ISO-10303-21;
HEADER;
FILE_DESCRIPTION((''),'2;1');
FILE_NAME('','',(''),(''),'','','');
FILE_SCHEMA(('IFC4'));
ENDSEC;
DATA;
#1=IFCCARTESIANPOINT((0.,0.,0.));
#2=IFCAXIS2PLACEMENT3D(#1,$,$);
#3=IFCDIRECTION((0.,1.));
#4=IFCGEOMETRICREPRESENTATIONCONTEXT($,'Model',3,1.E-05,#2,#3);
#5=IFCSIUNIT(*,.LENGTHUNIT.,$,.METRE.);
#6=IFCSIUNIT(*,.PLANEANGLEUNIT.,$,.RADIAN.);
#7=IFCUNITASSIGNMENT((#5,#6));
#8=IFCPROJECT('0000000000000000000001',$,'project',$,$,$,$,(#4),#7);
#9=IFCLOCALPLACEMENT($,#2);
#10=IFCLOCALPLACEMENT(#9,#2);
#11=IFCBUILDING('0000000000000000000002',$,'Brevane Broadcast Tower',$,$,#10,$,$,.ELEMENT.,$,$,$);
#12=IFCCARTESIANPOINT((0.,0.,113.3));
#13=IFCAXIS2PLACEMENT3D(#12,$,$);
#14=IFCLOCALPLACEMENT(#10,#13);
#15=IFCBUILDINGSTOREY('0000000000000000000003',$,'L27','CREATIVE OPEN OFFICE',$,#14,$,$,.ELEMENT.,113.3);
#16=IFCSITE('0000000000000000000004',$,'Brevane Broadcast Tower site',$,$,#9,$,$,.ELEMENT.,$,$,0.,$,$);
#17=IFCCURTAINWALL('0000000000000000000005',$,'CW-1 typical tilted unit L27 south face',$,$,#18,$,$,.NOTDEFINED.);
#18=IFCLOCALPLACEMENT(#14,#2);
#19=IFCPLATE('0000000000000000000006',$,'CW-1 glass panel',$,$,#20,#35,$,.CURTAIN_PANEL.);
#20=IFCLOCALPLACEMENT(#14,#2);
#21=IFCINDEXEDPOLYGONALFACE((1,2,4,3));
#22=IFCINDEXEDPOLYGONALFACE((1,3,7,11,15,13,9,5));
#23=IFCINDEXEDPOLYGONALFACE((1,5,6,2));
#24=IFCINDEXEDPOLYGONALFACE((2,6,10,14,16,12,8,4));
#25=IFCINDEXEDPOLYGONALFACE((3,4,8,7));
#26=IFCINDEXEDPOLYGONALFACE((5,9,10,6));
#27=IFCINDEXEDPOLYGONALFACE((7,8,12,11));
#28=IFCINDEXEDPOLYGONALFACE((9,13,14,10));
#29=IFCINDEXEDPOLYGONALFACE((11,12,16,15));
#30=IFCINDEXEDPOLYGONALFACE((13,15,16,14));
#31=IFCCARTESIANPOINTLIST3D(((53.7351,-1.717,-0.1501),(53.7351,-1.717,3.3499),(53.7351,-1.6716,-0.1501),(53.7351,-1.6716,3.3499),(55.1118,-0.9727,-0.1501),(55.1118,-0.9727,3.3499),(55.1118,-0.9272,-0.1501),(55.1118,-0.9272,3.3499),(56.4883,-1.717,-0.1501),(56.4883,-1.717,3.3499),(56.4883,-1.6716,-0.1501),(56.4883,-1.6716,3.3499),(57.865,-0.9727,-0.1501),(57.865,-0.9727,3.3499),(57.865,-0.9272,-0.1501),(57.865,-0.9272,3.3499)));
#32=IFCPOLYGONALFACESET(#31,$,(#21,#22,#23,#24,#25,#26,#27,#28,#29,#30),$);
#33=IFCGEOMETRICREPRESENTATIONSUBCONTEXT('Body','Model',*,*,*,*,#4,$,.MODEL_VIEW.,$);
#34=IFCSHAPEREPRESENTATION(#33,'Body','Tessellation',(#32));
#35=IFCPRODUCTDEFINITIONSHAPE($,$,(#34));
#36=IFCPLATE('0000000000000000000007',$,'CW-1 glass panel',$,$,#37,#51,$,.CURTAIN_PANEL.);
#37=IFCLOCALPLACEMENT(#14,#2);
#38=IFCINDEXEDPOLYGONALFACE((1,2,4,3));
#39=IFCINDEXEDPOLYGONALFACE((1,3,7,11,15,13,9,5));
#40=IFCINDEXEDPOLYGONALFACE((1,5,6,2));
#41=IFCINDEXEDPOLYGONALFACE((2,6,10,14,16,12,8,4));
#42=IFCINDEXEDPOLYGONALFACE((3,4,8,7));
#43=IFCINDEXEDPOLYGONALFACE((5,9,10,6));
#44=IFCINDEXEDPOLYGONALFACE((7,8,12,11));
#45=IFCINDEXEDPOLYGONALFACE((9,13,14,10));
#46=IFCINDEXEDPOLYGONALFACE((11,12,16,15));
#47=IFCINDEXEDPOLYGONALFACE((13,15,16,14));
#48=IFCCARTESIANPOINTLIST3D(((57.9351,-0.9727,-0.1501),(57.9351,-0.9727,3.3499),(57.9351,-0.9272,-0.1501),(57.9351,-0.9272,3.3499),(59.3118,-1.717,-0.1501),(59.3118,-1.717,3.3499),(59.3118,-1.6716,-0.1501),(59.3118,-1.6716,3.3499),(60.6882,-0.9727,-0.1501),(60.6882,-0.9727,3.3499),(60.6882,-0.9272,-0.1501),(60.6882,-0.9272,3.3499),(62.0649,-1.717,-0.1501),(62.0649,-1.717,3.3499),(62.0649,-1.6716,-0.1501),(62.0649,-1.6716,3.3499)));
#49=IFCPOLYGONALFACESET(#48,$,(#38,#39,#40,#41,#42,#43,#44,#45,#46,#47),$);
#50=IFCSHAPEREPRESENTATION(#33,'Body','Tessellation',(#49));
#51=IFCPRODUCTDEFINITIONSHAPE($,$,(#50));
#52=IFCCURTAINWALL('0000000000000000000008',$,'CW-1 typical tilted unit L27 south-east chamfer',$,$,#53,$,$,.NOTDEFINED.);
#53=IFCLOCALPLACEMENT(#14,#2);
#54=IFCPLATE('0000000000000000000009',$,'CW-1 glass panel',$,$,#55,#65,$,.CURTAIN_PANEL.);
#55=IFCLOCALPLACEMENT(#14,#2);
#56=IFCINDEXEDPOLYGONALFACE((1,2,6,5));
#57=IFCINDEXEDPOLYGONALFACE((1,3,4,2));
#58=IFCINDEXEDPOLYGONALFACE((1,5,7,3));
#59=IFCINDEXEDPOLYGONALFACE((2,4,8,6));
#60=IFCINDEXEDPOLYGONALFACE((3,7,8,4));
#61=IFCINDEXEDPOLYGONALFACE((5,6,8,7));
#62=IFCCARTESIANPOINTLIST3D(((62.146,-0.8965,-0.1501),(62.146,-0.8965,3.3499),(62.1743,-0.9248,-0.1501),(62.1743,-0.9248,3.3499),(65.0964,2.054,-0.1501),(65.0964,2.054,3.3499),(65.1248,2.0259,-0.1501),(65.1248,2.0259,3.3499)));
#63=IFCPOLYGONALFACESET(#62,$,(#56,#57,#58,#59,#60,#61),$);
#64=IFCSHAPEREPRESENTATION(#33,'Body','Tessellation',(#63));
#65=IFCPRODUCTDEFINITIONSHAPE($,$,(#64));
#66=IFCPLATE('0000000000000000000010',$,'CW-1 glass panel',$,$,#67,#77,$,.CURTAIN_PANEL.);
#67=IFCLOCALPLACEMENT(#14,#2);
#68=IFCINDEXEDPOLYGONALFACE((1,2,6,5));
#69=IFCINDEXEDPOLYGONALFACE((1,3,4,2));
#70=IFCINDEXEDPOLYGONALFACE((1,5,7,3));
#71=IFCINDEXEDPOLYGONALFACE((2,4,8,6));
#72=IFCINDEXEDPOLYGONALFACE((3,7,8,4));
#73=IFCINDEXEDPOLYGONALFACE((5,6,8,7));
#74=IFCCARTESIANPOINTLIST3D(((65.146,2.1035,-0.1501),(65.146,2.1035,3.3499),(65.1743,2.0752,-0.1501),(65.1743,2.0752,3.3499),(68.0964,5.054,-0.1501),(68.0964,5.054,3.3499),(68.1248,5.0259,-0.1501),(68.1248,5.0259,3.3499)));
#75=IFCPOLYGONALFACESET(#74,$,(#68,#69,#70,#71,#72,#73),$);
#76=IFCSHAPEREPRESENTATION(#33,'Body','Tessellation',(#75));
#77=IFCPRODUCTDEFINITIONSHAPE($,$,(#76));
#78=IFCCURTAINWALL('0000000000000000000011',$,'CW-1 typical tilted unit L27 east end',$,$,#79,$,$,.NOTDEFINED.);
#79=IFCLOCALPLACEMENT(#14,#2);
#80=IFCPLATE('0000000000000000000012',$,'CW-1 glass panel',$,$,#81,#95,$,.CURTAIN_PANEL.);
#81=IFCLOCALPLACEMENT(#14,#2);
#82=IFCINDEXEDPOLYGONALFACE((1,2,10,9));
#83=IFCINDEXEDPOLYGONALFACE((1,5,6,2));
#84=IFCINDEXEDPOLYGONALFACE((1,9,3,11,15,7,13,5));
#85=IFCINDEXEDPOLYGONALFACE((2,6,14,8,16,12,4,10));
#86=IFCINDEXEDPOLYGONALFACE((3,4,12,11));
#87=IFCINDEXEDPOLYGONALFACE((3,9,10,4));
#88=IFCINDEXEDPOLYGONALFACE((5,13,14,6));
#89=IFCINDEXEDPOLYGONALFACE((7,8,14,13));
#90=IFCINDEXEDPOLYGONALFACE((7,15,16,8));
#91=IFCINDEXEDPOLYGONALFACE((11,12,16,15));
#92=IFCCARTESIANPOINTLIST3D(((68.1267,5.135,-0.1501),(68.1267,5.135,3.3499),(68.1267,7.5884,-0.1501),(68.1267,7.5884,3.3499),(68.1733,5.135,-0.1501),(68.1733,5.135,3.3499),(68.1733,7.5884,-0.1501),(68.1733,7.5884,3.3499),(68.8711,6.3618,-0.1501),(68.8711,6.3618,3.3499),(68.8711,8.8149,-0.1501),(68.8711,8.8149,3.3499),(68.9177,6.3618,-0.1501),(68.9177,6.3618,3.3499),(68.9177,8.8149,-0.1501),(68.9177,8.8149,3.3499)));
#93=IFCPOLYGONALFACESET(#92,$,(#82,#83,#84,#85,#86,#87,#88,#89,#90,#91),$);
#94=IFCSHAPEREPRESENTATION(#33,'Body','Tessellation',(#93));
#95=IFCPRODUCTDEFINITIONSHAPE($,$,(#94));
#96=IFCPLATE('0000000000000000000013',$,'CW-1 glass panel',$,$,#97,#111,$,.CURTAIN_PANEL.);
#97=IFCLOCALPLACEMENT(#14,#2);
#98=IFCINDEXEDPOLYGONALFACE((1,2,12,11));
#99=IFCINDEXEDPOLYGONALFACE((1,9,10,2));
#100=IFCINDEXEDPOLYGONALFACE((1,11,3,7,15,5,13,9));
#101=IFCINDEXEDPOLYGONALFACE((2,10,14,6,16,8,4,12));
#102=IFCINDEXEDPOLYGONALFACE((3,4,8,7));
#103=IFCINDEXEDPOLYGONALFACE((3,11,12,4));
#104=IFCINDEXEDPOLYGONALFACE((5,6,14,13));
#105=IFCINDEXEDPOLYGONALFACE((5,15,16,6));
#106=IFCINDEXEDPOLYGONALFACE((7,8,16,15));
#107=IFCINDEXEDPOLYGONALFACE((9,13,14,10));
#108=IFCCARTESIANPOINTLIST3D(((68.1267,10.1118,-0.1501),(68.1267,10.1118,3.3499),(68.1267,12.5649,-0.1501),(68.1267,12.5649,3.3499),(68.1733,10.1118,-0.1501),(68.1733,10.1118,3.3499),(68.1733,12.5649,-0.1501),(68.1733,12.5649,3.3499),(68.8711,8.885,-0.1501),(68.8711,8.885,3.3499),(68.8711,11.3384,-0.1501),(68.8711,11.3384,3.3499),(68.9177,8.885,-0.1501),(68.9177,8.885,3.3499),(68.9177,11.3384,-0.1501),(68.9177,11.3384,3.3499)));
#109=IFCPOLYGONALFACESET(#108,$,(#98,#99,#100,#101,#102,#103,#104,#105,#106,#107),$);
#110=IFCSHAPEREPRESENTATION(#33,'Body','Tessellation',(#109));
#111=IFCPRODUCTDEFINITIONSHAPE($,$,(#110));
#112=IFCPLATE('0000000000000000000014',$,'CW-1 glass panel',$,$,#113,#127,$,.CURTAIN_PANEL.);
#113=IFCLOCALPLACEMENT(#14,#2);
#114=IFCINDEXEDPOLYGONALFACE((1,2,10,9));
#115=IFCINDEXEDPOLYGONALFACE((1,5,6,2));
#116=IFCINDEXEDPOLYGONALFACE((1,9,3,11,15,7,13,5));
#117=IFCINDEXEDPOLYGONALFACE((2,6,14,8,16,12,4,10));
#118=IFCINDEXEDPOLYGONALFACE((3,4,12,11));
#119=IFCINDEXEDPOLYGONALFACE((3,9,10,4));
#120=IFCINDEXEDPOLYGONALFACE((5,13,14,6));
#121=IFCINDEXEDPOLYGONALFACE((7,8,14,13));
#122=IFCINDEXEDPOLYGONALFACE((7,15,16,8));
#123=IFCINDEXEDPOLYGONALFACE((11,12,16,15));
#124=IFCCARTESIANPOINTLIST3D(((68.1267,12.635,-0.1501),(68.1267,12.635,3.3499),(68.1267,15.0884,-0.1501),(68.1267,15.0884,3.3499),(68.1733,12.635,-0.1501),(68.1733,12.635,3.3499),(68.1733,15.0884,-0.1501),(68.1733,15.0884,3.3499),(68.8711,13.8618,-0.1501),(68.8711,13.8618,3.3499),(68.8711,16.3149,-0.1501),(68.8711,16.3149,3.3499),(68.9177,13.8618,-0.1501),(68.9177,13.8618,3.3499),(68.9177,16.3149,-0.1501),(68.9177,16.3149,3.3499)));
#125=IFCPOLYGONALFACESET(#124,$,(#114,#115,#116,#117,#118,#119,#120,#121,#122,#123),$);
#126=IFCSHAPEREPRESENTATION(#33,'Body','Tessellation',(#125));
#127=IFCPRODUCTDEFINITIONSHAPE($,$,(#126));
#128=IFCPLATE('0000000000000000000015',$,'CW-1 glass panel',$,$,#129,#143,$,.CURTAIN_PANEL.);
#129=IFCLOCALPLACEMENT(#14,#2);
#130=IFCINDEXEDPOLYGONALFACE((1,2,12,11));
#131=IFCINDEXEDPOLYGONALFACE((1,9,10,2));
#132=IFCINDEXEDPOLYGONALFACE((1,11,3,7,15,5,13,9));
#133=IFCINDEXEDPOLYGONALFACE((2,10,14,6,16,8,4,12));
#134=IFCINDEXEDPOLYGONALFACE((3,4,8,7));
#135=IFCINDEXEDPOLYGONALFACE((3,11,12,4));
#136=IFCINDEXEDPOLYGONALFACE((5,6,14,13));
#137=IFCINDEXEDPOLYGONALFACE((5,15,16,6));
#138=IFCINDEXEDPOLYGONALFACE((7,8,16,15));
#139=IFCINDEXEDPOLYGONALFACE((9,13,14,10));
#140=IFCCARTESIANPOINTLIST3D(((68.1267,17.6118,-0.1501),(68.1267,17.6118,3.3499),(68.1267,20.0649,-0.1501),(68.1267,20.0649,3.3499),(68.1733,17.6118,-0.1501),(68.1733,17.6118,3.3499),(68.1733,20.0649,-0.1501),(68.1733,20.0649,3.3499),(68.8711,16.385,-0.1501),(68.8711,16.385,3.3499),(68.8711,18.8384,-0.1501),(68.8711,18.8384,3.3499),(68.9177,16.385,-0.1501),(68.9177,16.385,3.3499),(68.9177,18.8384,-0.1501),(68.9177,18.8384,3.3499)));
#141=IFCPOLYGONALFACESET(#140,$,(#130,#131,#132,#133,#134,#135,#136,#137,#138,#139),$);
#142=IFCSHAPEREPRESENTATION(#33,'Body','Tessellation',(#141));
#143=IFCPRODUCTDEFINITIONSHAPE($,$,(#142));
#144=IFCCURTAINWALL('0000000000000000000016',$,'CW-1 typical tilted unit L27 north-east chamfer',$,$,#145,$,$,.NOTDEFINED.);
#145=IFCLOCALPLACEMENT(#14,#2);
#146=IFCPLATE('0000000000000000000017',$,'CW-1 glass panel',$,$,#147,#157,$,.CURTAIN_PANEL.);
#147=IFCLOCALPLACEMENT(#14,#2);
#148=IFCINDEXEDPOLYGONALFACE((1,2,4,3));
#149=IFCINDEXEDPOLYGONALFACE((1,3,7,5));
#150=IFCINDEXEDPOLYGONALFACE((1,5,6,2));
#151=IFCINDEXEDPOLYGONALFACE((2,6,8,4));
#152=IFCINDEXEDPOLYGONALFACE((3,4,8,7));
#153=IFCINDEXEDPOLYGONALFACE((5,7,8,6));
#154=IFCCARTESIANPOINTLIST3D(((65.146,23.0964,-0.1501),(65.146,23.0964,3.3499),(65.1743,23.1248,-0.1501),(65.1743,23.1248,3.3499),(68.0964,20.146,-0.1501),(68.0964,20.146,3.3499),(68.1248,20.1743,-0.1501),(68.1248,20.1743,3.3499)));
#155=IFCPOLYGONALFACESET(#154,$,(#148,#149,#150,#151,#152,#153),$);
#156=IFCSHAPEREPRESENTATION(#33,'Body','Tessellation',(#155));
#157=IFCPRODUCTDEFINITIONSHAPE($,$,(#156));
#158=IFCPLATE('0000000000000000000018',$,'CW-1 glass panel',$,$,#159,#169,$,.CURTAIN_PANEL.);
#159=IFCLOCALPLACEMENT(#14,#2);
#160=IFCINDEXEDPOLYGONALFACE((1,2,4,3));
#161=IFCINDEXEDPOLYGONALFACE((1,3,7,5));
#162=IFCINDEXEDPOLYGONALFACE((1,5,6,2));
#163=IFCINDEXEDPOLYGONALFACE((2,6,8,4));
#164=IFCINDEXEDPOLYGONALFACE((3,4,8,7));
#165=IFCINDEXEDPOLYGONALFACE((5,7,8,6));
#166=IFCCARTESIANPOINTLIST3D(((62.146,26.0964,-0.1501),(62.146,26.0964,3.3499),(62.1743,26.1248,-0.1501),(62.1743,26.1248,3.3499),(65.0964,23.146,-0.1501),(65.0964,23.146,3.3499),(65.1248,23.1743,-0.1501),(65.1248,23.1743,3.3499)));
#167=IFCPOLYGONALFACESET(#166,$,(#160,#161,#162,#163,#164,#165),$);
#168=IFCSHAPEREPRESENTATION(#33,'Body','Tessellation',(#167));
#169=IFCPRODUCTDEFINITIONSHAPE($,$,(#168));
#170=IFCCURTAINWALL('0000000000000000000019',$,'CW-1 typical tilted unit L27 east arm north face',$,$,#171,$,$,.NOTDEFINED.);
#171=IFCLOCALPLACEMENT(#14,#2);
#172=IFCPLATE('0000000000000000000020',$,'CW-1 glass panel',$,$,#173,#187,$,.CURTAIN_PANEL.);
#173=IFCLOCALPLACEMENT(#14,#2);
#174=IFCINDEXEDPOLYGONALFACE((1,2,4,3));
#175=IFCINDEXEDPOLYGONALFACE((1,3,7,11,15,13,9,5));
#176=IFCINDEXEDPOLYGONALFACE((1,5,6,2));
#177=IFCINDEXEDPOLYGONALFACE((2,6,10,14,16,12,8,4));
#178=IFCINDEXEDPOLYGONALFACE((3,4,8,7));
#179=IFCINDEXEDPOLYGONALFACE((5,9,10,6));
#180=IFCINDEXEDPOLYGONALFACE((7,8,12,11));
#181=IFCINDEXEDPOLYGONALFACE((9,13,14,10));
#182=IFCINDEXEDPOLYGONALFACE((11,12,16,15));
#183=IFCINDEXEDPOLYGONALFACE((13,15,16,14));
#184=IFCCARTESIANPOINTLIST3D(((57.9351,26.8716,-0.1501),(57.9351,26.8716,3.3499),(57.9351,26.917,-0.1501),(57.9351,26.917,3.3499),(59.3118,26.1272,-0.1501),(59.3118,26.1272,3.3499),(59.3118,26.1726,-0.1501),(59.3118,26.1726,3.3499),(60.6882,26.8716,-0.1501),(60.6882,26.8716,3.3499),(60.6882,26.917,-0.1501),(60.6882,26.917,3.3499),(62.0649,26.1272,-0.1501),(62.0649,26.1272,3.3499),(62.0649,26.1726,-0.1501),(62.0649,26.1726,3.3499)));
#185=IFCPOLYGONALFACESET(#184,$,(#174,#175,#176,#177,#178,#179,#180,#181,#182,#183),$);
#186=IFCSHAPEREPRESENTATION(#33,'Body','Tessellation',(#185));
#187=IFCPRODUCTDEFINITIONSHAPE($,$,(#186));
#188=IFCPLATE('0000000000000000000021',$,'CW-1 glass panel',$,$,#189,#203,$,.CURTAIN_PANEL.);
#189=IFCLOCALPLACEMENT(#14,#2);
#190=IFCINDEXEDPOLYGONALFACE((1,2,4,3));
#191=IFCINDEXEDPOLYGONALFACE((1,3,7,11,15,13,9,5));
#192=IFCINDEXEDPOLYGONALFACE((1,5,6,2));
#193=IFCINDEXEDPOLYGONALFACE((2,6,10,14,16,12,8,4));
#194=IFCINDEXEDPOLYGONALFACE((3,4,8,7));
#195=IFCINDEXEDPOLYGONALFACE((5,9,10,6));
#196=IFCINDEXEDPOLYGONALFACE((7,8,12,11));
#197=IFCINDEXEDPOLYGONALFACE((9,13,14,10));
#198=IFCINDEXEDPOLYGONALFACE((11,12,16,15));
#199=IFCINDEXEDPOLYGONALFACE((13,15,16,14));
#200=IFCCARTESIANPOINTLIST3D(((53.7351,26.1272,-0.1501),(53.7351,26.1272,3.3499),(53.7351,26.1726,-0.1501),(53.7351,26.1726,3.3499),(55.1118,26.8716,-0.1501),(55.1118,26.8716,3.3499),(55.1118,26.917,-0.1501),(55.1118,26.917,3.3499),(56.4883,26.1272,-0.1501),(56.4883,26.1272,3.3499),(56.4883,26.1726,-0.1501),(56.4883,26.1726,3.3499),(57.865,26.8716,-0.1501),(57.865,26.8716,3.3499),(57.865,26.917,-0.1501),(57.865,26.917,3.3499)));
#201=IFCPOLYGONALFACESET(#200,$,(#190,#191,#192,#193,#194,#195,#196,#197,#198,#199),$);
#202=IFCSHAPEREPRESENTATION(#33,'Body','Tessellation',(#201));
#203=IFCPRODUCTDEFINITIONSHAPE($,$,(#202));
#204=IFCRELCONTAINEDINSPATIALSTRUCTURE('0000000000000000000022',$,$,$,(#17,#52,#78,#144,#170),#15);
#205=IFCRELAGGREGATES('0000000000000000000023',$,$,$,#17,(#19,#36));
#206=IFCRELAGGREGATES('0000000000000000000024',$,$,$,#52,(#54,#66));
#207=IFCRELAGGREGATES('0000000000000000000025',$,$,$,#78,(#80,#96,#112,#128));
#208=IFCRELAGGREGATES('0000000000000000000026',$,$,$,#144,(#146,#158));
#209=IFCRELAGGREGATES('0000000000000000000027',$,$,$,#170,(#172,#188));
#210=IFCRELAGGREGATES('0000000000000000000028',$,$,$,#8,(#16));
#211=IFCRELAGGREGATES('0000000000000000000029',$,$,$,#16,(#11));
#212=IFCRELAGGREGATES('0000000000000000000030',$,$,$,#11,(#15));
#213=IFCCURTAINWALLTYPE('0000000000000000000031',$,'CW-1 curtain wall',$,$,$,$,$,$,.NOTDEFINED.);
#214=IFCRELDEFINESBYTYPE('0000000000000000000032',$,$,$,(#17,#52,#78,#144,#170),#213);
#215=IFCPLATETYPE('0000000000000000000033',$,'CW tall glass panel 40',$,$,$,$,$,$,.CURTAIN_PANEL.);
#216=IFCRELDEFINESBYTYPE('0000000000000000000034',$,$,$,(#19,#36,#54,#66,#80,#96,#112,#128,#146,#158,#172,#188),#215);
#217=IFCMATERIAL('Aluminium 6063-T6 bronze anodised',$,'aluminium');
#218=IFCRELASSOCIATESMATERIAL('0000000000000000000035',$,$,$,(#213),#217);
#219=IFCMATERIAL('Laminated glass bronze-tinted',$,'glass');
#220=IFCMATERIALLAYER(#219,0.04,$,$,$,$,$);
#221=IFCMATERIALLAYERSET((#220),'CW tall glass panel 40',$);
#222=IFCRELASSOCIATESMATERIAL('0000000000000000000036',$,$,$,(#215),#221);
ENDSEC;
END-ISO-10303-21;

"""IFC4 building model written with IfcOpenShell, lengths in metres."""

from ifc_helpers import new_model, si_unit, direction, frame, origin, place, context, subcontext, project, spatial, polyline, outline, extrude, material, layer, layer_set, type_object, element, aggregate, save


model = new_model("IFC4")

# Units and contexts
model_context = context("Model", 3, precision=1e-05, world=origin(), true_north=direction((0.0, 1.0)))
body_context = subcontext(model_context, "Body", "Model", "MODEL_VIEW")
ifc_project = project(units=[si_unit("LENGTHUNIT", "METRE"), si_unit("PLANEANGLEUNIT", "RADIAN")], contexts=[model_context])

# Site, building, storey
site_placement = place(None, origin())
site = spatial("IfcSite", under=ifc_project, at=site_placement, Name="Brevane Broadcast Tower site", CompositionType="ELEMENT", RefElevation=0.0)
building_placement = place(site_placement, origin())
building = spatial("IfcBuilding", under=site, at=building_placement, Name="Brevane Broadcast Tower", CompositionType="ELEMENT")
storey_placement = place(building_placement, frame((0.0, 0.0, 113.3)))
storey = spatial("IfcBuildingStorey", under=building, at=storey_placement, Name="L27", Description="CREATIVE OPEN OFFICE", CompositionType="ELEMENT", Elevation=113.3)

# Curtain walls, plates
ifc_material_1 = material(Name="Aluminium 6063-T6 bronze anodised", Category="aluminium")
curtain_wall_type = type_object("IfcCurtainWallType", Name="CW-1 curtain wall", PredefinedType="NOTDEFINED", material=ifc_material_1)
curtain_wall_1_placement = place(storey_placement, origin())
curtain_wall_1 = element("IfcCurtainWall", 1, at=curtain_wall_1_placement, inside=storey, type_object=curtain_wall_type, Name="CW-1 typical tilted unit L27 south face", PredefinedType="NOTDEFINED")
ifc_material_2 = material(Name="Laminated glass bronze-tinted", Category="glass")
ifc_layer = layer(ifc_material_2, 0.04)
ifc_layer_set = layer_set([ifc_layer], Name="CW tall glass panel 40")
plate_type = type_object("IfcPlateType", Name="CW tall glass panel 40", PredefinedType="CURTAIN_PANEL", material=ifc_layer_set)
plate_1_placement = place(storey_placement, frame((0.0, 0.0, -0.1501)))
plate_1 = element("IfcPlate", 2, at=plate_1_placement, type_object=plate_type, Name="CW-1 glass panel", PredefinedType="CURTAIN_PANEL", context=body_context, shape_type="SweptSolid", body=[
    extrude(outline(polyline([(53.7351, -1.6716), (53.7351, -1.717), (55.1118, -0.9727), (56.4883, -1.717), (57.865, -0.9727), (57.865, -0.9272), (56.4883, -1.6716), (55.1118, -0.9272), (53.7351, -1.6716)])), origin(), (0.0, 0.0, 1.0), 3.5),
])
plate_2_placement = place(storey_placement, frame((0.0, 0.0, -0.1501)))
plate_2 = element("IfcPlate", 3, at=plate_2_placement, type_object=plate_type, Name="CW-1 glass panel", PredefinedType="CURTAIN_PANEL", context=body_context, shape_type="SweptSolid", body=[
    extrude(outline(polyline([(57.9351, -0.9272), (57.9351, -0.9727), (59.3118, -1.717), (60.6882, -0.9727), (62.0649, -1.717), (62.0649, -1.6716), (60.6882, -0.9272), (59.3118, -1.6716), (57.9351, -0.9272)])), origin(), (0.0, 0.0, 1.0), 3.5),
])
aggregate(curtain_wall_1, [plate_1, plate_2])
curtain_wall_2_placement = place(storey_placement, origin())
curtain_wall_2 = element("IfcCurtainWall", 4, at=curtain_wall_2_placement, inside=storey, type_object=curtain_wall_type, Name="CW-1 typical tilted unit L27 south-east chamfer", PredefinedType="NOTDEFINED")
plate_3_placement = place(storey_placement, frame((0.0, 0.0, -0.1501)))
plate_3 = element("IfcPlate", 5, at=plate_3_placement, type_object=plate_type, Name="CW-1 glass panel", PredefinedType="CURTAIN_PANEL", context=body_context, shape_type="SweptSolid", body=[
    extrude(outline(polyline([(62.146, -0.8965), (65.0964, 2.054), (65.1248, 2.0259), (62.1743, -0.9248), (62.146, -0.8965)])), origin(), (0.0, 0.0, 1.0), 3.5),
])
plate_4_placement = place(storey_placement, frame((0.0, 0.0, -0.1501)))
plate_4 = element("IfcPlate", 6, at=plate_4_placement, type_object=plate_type, Name="CW-1 glass panel", PredefinedType="CURTAIN_PANEL", context=body_context, shape_type="SweptSolid", body=[
    extrude(outline(polyline([(65.146, 2.1035), (68.0964, 5.054), (68.1248, 5.0259), (65.1743, 2.0752), (65.146, 2.1035)])), origin(), (0.0, 0.0, 1.0), 3.5),
])
aggregate(curtain_wall_2, [plate_3, plate_4])
curtain_wall_3_placement = place(storey_placement, origin())
curtain_wall_3 = element("IfcCurtainWall", 7, at=curtain_wall_3_placement, inside=storey, type_object=curtain_wall_type, Name="CW-1 typical tilted unit L27 east end", PredefinedType="NOTDEFINED")
plate_5_placement = place(storey_placement, frame((0.0, 0.0, -0.1501)))
plate_5 = element("IfcPlate", 8, at=plate_5_placement, type_object=plate_type, Name="CW-1 glass panel", PredefinedType="CURTAIN_PANEL", context=body_context, shape_type="SweptSolid", body=[
    extrude(outline(polyline([(68.1267, 5.135), (68.1733, 5.135), (68.9177, 6.3618), (68.1733, 7.5884), (68.9177, 8.8149), (68.8711, 8.8149), (68.1267, 7.5884), (68.8711, 6.3618), (68.1267, 5.135)])), origin(), (0.0, 0.0, 1.0), 3.5),
])
plate_6_placement = place(storey_placement, frame((0.0, 0.0, -0.1501)))
plate_6 = element("IfcPlate", 9, at=plate_6_placement, type_object=plate_type, Name="CW-1 glass panel", PredefinedType="CURTAIN_PANEL", context=body_context, shape_type="SweptSolid", body=[
    extrude(outline(polyline([(68.8711, 8.885), (68.9177, 8.885), (68.1733, 10.1118), (68.9177, 11.3384), (68.1733, 12.5649), (68.1267, 12.5649), (68.8711, 11.3384), (68.1267, 10.1118), (68.8711, 8.885)])), origin(), (0.0, 0.0, 1.0), 3.5),
])
plate_7_placement = place(storey_placement, frame((0.0, 0.0, -0.1501)))
plate_7 = element("IfcPlate", 10, at=plate_7_placement, type_object=plate_type, Name="CW-1 glass panel", PredefinedType="CURTAIN_PANEL", context=body_context, shape_type="SweptSolid", body=[
    extrude(outline(polyline([(68.1267, 12.635), (68.1733, 12.635), (68.9177, 13.8618), (68.1733, 15.0884), (68.9177, 16.3149), (68.8711, 16.3149), (68.1267, 15.0884), (68.8711, 13.8618), (68.1267, 12.635)])), origin(), (0.0, 0.0, 1.0), 3.5),
])
plate_8_placement = place(storey_placement, frame((0.0, 0.0, -0.1501)))
plate_8 = element("IfcPlate", 11, at=plate_8_placement, type_object=plate_type, Name="CW-1 glass panel", PredefinedType="CURTAIN_PANEL", context=body_context, shape_type="SweptSolid", body=[
    extrude(outline(polyline([(68.8711, 16.385), (68.9177, 16.385), (68.1733, 17.6118), (68.9177, 18.8384), (68.1733, 20.0649), (68.1267, 20.0649), (68.8711, 18.8384), (68.1267, 17.6118), (68.8711, 16.385)])), origin(), (0.0, 0.0, 1.0), 3.5),
])
aggregate(curtain_wall_3, [plate_5, plate_6, plate_7, plate_8])
curtain_wall_4_placement = place(storey_placement, origin())
curtain_wall_4 = element("IfcCurtainWall", 12, at=curtain_wall_4_placement, inside=storey, type_object=curtain_wall_type, Name="CW-1 typical tilted unit L27 north-east chamfer", PredefinedType="NOTDEFINED")
plate_9_placement = place(storey_placement, frame((0.0, 0.0, -0.1501)))
plate_9 = element("IfcPlate", 13, at=plate_9_placement, type_object=plate_type, Name="CW-1 glass panel", PredefinedType="CURTAIN_PANEL", context=body_context, shape_type="SweptSolid", body=[
    extrude(outline(polyline([(68.0964, 20.146), (65.146, 23.0964), (65.1743, 23.1248), (68.1248, 20.1743), (68.0964, 20.146)])), origin(), (0.0, 0.0, 1.0), 3.5),
])
plate_10_placement = place(storey_placement, frame((0.0, 0.0, -0.1501)))
plate_10 = element("IfcPlate", 14, at=plate_10_placement, type_object=plate_type, Name="CW-1 glass panel", PredefinedType="CURTAIN_PANEL", context=body_context, shape_type="SweptSolid", body=[
    extrude(outline(polyline([(65.0964, 23.146), (62.146, 26.0964), (62.1743, 26.1248), (65.1248, 23.1743), (65.0964, 23.146)])), origin(), (0.0, 0.0, 1.0), 3.5),
])
aggregate(curtain_wall_4, [plate_9, plate_10])
curtain_wall_5_placement = place(storey_placement, origin())
curtain_wall_5 = element("IfcCurtainWall", 15, at=curtain_wall_5_placement, inside=storey, type_object=curtain_wall_type, Name="CW-1 typical tilted unit L27 east arm north face", PredefinedType="NOTDEFINED")
plate_11_placement = place(storey_placement, frame((0.0, 0.0, -0.1501)))
plate_11 = element("IfcPlate", 16, at=plate_11_placement, type_object=plate_type, Name="CW-1 glass panel", PredefinedType="CURTAIN_PANEL", context=body_context, shape_type="SweptSolid", body=[
    extrude(outline(polyline([(62.0649, 26.1272), (62.0649, 26.1726), (60.6882, 26.917), (59.3118, 26.1726), (57.9351, 26.917), (57.9351, 26.8716), (59.3118, 26.1272), (60.6882, 26.8716), (62.0649, 26.1272)])), origin(), (0.0, 0.0, 1.0), 3.5),
])
plate_12_placement = place(storey_placement, frame((0.0, 0.0, -0.1501)))
plate_12 = element("IfcPlate", 17, at=plate_12_placement, type_object=plate_type, Name="CW-1 glass panel", PredefinedType="CURTAIN_PANEL", context=body_context, shape_type="SweptSolid", body=[
    extrude(outline(polyline([(57.865, 26.8716), (57.865, 26.917), (56.4883, 26.1726), (55.1118, 26.917), (53.7351, 26.1726), (53.7351, 26.1272), (55.1118, 26.8716), (56.4883, 26.1272), (57.865, 26.8716)])), origin(), (0.0, 0.0, 1.0), 3.5),
])
aggregate(curtain_wall_5, [plate_11, plate_12])

save(model, "model.ifc")
